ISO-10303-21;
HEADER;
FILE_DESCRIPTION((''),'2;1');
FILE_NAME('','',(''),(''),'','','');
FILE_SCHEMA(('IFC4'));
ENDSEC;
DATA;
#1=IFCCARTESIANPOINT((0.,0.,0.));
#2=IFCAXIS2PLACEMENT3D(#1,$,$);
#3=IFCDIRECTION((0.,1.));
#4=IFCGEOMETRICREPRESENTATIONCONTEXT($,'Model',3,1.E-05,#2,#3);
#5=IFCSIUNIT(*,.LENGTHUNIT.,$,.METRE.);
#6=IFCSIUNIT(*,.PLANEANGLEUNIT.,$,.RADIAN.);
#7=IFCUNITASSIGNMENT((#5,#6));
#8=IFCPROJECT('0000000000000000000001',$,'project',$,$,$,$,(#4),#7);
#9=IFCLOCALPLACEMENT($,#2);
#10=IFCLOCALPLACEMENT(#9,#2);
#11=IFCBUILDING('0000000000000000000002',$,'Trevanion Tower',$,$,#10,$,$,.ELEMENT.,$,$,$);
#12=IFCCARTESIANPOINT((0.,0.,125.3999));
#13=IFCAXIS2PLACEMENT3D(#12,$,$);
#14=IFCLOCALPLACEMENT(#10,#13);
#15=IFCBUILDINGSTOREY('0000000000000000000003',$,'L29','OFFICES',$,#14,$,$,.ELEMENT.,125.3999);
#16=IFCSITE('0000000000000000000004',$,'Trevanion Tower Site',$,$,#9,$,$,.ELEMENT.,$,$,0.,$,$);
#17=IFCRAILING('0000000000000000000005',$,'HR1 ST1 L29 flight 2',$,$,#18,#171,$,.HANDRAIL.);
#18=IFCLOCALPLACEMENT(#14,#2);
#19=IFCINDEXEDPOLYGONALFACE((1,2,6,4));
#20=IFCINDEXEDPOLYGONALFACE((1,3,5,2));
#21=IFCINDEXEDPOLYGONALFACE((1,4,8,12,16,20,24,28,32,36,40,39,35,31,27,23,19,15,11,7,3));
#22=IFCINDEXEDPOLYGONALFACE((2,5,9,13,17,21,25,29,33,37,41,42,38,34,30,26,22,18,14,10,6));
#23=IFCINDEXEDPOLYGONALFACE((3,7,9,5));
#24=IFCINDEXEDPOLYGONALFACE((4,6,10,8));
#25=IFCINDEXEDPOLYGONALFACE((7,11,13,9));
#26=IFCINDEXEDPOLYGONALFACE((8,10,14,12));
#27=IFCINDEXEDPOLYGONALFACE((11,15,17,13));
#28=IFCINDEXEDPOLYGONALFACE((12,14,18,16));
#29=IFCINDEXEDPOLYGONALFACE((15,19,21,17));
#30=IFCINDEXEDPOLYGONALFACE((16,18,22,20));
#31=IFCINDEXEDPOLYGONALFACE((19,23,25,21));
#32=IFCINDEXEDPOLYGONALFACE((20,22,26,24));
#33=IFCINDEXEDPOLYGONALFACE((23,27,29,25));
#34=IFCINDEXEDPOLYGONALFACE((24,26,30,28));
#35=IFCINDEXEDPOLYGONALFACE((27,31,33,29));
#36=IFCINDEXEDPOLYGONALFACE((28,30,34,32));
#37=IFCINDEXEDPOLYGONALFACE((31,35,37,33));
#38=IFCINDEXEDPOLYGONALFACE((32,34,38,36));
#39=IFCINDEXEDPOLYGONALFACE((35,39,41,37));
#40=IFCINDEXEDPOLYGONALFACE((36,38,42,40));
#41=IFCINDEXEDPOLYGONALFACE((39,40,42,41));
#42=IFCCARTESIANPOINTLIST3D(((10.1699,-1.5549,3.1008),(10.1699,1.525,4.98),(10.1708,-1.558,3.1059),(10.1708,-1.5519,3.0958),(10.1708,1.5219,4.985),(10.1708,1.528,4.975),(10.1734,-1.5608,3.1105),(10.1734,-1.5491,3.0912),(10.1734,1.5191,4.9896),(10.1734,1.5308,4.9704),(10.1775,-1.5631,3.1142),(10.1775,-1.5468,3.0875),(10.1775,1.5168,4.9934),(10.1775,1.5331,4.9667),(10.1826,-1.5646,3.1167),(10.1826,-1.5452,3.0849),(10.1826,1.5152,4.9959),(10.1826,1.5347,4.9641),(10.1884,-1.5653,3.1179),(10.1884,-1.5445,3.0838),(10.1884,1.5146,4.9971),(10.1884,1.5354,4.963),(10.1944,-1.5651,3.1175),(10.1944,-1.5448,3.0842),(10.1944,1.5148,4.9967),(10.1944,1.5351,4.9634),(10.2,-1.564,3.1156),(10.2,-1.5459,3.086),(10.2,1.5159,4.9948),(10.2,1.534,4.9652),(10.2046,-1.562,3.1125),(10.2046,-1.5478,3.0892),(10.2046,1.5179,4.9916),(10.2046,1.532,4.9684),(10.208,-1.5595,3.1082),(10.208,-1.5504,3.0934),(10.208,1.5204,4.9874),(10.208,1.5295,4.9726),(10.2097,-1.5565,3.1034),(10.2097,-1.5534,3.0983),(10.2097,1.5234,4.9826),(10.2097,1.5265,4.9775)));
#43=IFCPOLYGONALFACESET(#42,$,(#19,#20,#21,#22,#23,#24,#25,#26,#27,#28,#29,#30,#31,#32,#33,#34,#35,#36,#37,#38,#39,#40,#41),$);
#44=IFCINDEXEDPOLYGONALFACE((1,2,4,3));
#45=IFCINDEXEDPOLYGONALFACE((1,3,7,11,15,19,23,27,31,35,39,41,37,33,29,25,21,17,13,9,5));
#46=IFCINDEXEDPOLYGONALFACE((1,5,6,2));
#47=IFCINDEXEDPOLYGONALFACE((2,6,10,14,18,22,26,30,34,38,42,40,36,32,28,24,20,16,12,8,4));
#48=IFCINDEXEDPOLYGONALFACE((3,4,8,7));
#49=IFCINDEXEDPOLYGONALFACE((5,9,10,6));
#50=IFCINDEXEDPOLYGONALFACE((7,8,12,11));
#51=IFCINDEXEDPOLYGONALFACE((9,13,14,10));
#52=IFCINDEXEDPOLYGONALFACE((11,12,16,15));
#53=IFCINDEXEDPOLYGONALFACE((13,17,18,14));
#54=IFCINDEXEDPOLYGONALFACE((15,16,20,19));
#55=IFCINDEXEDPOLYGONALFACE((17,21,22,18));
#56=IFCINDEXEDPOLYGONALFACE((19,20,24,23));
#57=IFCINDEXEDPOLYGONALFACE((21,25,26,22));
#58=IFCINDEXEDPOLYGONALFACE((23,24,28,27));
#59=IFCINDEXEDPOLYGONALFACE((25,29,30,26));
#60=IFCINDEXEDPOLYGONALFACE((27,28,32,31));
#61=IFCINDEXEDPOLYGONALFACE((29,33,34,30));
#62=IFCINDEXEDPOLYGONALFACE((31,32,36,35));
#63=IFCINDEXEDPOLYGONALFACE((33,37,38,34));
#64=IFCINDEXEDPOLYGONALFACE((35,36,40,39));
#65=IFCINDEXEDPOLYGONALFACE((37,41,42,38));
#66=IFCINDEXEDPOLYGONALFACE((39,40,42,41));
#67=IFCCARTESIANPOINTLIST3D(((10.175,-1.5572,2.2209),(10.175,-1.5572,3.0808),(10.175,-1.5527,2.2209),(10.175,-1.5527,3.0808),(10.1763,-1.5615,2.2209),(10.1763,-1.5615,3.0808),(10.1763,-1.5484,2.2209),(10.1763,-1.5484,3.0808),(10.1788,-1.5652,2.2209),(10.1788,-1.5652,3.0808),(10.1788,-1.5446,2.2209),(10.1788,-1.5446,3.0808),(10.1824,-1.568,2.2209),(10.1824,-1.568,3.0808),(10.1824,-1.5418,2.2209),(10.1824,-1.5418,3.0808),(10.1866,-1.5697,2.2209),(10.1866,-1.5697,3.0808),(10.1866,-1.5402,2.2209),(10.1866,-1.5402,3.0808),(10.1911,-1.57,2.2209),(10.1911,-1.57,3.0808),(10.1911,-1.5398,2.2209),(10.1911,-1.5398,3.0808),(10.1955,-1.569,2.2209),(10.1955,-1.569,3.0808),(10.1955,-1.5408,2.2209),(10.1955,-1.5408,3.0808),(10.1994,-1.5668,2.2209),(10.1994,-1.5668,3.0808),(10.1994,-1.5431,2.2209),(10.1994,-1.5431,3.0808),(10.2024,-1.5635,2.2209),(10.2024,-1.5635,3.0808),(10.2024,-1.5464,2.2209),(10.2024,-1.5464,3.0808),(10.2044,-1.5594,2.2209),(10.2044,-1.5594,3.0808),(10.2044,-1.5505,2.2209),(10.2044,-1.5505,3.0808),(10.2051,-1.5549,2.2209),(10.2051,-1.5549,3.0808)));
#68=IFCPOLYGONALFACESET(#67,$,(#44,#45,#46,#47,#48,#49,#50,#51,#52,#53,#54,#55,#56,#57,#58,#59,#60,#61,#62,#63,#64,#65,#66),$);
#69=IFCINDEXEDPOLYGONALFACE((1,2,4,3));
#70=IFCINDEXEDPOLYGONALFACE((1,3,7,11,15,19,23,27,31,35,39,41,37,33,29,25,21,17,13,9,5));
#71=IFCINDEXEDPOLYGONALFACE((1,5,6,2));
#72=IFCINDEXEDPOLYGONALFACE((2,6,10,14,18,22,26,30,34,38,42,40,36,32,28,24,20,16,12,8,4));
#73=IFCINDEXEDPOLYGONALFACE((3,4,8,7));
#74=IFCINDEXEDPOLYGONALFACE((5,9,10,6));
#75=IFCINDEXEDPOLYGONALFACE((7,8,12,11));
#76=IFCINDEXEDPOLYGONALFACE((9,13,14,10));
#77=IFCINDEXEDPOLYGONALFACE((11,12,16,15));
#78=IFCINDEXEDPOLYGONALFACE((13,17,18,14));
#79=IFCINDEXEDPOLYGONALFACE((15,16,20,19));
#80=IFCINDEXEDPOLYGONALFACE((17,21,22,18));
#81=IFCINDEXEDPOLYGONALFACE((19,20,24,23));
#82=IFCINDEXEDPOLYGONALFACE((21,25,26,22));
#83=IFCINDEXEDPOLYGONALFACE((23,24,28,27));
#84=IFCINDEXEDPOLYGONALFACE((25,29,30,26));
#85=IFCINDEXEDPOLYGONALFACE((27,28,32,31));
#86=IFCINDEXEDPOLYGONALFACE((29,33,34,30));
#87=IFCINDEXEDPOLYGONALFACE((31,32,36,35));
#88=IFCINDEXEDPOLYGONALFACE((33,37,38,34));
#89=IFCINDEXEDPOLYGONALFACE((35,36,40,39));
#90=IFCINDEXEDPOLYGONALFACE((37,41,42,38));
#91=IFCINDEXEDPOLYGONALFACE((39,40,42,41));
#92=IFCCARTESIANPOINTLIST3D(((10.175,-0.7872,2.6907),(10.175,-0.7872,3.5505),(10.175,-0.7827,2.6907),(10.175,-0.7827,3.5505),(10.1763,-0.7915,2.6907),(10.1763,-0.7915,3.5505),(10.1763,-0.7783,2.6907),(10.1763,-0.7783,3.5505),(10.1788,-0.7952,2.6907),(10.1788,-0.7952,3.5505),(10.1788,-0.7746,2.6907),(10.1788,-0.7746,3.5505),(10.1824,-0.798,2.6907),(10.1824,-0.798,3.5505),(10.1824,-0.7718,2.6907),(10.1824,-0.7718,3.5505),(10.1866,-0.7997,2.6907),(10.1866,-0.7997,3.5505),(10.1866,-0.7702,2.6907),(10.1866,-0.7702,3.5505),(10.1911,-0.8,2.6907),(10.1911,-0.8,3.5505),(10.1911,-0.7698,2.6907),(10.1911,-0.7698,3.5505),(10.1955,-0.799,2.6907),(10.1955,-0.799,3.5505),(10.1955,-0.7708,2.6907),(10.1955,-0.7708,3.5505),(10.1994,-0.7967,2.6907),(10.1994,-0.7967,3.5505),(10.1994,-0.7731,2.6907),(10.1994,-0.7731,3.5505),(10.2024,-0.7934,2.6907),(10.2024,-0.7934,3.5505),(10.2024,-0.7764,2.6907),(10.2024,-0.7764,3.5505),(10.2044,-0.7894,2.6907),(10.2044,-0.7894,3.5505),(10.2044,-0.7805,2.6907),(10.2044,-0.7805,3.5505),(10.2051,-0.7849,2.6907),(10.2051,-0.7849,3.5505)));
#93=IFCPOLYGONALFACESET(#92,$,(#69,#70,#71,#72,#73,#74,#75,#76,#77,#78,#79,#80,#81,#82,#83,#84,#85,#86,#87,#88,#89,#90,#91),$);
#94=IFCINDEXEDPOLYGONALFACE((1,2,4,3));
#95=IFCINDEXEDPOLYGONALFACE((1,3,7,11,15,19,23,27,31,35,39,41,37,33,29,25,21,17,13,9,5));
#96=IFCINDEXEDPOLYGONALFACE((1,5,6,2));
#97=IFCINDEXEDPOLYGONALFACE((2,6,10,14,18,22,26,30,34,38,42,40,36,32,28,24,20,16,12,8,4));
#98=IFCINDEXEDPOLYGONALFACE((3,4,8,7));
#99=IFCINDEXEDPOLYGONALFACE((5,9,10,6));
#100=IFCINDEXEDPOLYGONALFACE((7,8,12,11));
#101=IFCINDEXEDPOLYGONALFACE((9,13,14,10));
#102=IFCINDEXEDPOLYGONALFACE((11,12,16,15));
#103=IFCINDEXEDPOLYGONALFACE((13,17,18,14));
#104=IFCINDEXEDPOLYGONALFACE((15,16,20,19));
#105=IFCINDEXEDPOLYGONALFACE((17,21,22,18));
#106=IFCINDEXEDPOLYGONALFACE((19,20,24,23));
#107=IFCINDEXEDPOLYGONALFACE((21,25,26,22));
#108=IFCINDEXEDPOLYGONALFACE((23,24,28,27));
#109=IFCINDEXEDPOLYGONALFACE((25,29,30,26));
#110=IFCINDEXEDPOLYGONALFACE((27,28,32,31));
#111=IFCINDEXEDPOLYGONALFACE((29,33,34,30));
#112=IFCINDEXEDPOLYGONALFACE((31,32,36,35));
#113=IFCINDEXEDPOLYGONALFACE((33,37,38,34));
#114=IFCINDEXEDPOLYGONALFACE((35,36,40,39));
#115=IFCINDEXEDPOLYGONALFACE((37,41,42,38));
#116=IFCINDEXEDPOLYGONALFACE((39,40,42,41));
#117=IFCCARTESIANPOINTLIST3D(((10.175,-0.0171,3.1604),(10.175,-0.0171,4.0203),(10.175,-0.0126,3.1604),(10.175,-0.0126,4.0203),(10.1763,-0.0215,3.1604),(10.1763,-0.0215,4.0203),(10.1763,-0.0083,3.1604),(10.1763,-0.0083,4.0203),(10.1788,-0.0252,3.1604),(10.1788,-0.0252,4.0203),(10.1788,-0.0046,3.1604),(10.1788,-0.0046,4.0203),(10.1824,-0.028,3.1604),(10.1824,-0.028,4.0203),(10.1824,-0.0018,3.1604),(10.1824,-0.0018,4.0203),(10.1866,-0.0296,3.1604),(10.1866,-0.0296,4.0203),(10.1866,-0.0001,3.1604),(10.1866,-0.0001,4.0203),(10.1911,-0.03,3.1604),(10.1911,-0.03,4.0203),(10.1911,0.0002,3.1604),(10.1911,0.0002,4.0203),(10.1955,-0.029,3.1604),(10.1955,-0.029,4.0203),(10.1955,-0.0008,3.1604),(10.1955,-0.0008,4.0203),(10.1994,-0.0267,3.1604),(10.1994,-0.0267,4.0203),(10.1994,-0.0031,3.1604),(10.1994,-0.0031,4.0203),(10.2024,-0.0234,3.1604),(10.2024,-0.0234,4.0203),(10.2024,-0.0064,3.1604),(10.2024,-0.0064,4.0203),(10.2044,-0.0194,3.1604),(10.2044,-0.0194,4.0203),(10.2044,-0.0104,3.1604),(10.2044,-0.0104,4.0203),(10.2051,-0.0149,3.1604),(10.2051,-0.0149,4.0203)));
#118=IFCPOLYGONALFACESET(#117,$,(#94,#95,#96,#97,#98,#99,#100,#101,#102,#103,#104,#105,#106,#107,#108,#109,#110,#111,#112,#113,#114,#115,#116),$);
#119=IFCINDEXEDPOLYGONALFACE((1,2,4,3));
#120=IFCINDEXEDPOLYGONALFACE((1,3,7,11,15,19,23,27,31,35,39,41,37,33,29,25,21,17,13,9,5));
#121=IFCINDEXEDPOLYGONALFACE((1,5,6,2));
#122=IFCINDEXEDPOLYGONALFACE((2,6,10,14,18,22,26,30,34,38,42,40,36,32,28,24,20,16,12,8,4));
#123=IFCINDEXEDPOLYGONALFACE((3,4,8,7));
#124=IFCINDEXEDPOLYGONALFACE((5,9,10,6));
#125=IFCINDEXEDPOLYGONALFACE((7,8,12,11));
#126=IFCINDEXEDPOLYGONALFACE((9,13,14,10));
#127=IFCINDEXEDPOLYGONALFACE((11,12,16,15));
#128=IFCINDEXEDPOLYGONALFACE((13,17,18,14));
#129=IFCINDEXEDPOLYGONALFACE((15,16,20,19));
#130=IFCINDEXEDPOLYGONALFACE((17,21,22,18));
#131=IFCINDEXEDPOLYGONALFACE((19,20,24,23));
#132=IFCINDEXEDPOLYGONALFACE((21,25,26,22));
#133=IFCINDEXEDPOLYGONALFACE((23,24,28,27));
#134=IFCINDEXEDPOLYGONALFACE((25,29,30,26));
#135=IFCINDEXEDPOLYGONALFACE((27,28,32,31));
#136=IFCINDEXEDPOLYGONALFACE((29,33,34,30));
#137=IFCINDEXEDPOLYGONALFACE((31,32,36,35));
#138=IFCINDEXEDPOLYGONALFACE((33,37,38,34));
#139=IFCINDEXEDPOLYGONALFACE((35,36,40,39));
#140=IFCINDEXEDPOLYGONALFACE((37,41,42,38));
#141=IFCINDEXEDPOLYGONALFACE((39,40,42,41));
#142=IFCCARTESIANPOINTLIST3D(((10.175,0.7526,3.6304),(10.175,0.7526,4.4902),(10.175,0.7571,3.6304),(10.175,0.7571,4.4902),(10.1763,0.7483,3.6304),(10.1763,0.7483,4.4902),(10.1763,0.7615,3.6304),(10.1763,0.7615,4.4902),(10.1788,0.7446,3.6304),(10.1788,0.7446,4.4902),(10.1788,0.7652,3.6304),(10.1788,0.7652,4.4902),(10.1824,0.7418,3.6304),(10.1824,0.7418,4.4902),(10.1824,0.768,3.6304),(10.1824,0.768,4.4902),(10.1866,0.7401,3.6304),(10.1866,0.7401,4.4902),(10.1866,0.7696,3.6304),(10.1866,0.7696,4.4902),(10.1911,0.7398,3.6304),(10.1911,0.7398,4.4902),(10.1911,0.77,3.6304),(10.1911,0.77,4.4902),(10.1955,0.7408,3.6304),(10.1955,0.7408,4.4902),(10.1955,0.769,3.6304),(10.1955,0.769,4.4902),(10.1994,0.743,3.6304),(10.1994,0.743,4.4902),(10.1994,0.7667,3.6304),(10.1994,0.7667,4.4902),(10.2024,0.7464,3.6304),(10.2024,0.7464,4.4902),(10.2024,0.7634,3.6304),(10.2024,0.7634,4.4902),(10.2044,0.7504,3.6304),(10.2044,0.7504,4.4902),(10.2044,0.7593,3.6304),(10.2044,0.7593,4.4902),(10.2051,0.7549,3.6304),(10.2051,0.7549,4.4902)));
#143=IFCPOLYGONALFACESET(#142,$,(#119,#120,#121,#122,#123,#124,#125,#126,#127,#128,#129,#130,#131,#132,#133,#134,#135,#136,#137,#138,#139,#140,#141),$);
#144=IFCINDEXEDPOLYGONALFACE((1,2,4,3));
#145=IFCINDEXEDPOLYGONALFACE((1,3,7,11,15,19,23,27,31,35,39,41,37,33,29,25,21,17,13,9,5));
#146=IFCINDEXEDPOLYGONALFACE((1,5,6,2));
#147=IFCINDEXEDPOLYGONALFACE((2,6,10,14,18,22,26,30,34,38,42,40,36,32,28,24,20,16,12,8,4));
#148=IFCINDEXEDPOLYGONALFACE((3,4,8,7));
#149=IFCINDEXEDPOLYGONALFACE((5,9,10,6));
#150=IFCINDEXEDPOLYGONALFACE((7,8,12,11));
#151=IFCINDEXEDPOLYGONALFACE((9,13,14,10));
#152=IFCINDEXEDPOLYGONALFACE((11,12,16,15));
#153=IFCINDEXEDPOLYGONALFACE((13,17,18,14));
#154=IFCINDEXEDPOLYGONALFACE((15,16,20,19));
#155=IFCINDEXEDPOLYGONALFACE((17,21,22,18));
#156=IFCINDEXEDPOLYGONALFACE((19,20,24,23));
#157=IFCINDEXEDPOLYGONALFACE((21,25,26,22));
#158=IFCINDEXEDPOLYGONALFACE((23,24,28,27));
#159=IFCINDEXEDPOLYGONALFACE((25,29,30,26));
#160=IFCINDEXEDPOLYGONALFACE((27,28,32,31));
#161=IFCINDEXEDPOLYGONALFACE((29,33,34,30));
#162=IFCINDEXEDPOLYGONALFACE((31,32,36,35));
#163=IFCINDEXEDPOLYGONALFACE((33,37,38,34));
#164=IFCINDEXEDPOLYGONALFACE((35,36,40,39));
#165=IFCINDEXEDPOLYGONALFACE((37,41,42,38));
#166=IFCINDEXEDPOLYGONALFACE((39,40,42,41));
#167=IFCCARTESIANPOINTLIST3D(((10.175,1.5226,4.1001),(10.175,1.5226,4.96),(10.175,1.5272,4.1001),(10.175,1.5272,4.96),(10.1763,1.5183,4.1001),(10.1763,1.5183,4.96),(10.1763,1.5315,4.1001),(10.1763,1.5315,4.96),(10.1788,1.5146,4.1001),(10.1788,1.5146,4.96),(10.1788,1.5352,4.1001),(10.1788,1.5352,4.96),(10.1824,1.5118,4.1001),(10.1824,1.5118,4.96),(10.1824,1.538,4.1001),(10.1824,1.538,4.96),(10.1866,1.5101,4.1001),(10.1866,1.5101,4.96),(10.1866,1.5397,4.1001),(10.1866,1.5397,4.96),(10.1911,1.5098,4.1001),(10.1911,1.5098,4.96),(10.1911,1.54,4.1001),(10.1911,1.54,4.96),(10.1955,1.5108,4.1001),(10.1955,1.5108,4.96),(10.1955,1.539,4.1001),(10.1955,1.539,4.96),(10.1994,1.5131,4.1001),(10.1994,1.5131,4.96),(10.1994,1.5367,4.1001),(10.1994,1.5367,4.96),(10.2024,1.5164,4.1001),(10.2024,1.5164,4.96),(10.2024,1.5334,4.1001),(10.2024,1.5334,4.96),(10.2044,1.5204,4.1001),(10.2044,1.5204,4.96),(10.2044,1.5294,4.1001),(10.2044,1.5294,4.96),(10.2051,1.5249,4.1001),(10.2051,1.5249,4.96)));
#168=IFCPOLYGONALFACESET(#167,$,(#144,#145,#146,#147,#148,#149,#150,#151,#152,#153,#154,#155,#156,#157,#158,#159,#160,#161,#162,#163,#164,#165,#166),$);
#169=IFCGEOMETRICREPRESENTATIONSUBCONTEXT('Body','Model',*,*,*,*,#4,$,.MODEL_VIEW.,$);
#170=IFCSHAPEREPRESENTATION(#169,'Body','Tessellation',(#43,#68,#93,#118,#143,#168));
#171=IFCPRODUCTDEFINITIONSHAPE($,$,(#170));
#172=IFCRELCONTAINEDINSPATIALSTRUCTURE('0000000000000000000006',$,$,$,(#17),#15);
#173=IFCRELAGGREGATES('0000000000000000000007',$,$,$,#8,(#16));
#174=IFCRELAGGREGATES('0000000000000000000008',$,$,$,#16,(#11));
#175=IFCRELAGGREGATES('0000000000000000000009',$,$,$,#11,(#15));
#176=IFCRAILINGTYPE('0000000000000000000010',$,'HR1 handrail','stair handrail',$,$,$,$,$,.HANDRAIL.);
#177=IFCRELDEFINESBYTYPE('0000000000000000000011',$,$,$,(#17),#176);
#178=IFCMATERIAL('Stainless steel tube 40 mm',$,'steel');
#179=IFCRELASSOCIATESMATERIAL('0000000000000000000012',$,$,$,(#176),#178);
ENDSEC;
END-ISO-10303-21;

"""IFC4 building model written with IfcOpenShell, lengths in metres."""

from ifc_helpers import new_model, si_unit, direction, frame, origin, origin_2d, place, context, subcontext, project, spatial, circle, extrude, material, type_object, element, save


model = new_model("IFC4")

# Units and contexts
model_context = context("Model", 3, precision=1e-05, world=origin(), true_north=direction((0.0, 1.0)))
body_context = subcontext(model_context, "Body", "Model", "MODEL_VIEW")
ifc_project = project(units=[si_unit("LENGTHUNIT", "METRE"), si_unit("PLANEANGLEUNIT", "RADIAN")], contexts=[model_context])

# Site, building, storey
site_placement = place(None, origin())
site = spatial("IfcSite", under=ifc_project, at=site_placement, Name="Trevanion Tower Site", CompositionType="ELEMENT", RefElevation=0.0)
building_placement = place(site_placement, origin())
building = spatial("IfcBuilding", under=site, at=building_placement, Name="Trevanion Tower", CompositionType="ELEMENT")
storey_placement = place(building_placement, frame((0.0, 0.0, 125.3999)))
storey = spatial("IfcBuildingStorey", under=building, at=storey_placement, Name="L29", Description="OFFICES", CompositionType="ELEMENT", Elevation=125.3999)

# Railing
ifc_material_1 = material(Name="Stainless steel tube 40 mm", Category="steel")
railing_type = type_object("IfcRailingType", Name="HR1 handrail", Description="stair handrail", PredefinedType="HANDRAIL", material=ifc_material_1)
for number, where, name in (
    (1, (10.1899, -1.5549, 2.2209), "HR1 ST1 L29 flight 2"),
):
    element("IfcRailing", number, at=place(storey_placement, frame(where)), inside=storey, type_object=railing_type, Name=name, PredefinedType="HANDRAIL", context=body_context, shape_type="SweptSolid", body=[
        extrude(circle(Radius=0.02, at=origin_2d()), frame((0.0, 0.0, 0.8799), z_axis=(0.0, 0.853648, 0.52085), x_axis=(-1.0, 0.0, 0.0)), (0.0, 0.0, 1.0), 3.6079),
        extrude(circle(Radius=0.0151, at=origin_2d()), origin(), (0.0, 0.0, 1.0), 0.8599),
        extrude(circle(Radius=0.0151, at=origin_2d()), frame((0.0, 0.77, 0.4697)), (0.0, 0.0, 1.0), 0.8599),
        extrude(circle(Radius=0.0151, at=origin_2d()), frame((0.0, 1.54, 0.9395)), (0.0, 0.0, 1.0), 0.8599),
        extrude(circle(Radius=0.0151, at=origin_2d()), frame((0.0, 2.3098, 1.4094)), (0.0, 0.0, 1.0), 0.8599),
        extrude(circle(Radius=0.0151, at=origin_2d()), frame((0.0, 3.0798, 1.8792)), (0.0, 0.0, 1.0), 0.8599),
    ])

save(model, "model.ifc")
